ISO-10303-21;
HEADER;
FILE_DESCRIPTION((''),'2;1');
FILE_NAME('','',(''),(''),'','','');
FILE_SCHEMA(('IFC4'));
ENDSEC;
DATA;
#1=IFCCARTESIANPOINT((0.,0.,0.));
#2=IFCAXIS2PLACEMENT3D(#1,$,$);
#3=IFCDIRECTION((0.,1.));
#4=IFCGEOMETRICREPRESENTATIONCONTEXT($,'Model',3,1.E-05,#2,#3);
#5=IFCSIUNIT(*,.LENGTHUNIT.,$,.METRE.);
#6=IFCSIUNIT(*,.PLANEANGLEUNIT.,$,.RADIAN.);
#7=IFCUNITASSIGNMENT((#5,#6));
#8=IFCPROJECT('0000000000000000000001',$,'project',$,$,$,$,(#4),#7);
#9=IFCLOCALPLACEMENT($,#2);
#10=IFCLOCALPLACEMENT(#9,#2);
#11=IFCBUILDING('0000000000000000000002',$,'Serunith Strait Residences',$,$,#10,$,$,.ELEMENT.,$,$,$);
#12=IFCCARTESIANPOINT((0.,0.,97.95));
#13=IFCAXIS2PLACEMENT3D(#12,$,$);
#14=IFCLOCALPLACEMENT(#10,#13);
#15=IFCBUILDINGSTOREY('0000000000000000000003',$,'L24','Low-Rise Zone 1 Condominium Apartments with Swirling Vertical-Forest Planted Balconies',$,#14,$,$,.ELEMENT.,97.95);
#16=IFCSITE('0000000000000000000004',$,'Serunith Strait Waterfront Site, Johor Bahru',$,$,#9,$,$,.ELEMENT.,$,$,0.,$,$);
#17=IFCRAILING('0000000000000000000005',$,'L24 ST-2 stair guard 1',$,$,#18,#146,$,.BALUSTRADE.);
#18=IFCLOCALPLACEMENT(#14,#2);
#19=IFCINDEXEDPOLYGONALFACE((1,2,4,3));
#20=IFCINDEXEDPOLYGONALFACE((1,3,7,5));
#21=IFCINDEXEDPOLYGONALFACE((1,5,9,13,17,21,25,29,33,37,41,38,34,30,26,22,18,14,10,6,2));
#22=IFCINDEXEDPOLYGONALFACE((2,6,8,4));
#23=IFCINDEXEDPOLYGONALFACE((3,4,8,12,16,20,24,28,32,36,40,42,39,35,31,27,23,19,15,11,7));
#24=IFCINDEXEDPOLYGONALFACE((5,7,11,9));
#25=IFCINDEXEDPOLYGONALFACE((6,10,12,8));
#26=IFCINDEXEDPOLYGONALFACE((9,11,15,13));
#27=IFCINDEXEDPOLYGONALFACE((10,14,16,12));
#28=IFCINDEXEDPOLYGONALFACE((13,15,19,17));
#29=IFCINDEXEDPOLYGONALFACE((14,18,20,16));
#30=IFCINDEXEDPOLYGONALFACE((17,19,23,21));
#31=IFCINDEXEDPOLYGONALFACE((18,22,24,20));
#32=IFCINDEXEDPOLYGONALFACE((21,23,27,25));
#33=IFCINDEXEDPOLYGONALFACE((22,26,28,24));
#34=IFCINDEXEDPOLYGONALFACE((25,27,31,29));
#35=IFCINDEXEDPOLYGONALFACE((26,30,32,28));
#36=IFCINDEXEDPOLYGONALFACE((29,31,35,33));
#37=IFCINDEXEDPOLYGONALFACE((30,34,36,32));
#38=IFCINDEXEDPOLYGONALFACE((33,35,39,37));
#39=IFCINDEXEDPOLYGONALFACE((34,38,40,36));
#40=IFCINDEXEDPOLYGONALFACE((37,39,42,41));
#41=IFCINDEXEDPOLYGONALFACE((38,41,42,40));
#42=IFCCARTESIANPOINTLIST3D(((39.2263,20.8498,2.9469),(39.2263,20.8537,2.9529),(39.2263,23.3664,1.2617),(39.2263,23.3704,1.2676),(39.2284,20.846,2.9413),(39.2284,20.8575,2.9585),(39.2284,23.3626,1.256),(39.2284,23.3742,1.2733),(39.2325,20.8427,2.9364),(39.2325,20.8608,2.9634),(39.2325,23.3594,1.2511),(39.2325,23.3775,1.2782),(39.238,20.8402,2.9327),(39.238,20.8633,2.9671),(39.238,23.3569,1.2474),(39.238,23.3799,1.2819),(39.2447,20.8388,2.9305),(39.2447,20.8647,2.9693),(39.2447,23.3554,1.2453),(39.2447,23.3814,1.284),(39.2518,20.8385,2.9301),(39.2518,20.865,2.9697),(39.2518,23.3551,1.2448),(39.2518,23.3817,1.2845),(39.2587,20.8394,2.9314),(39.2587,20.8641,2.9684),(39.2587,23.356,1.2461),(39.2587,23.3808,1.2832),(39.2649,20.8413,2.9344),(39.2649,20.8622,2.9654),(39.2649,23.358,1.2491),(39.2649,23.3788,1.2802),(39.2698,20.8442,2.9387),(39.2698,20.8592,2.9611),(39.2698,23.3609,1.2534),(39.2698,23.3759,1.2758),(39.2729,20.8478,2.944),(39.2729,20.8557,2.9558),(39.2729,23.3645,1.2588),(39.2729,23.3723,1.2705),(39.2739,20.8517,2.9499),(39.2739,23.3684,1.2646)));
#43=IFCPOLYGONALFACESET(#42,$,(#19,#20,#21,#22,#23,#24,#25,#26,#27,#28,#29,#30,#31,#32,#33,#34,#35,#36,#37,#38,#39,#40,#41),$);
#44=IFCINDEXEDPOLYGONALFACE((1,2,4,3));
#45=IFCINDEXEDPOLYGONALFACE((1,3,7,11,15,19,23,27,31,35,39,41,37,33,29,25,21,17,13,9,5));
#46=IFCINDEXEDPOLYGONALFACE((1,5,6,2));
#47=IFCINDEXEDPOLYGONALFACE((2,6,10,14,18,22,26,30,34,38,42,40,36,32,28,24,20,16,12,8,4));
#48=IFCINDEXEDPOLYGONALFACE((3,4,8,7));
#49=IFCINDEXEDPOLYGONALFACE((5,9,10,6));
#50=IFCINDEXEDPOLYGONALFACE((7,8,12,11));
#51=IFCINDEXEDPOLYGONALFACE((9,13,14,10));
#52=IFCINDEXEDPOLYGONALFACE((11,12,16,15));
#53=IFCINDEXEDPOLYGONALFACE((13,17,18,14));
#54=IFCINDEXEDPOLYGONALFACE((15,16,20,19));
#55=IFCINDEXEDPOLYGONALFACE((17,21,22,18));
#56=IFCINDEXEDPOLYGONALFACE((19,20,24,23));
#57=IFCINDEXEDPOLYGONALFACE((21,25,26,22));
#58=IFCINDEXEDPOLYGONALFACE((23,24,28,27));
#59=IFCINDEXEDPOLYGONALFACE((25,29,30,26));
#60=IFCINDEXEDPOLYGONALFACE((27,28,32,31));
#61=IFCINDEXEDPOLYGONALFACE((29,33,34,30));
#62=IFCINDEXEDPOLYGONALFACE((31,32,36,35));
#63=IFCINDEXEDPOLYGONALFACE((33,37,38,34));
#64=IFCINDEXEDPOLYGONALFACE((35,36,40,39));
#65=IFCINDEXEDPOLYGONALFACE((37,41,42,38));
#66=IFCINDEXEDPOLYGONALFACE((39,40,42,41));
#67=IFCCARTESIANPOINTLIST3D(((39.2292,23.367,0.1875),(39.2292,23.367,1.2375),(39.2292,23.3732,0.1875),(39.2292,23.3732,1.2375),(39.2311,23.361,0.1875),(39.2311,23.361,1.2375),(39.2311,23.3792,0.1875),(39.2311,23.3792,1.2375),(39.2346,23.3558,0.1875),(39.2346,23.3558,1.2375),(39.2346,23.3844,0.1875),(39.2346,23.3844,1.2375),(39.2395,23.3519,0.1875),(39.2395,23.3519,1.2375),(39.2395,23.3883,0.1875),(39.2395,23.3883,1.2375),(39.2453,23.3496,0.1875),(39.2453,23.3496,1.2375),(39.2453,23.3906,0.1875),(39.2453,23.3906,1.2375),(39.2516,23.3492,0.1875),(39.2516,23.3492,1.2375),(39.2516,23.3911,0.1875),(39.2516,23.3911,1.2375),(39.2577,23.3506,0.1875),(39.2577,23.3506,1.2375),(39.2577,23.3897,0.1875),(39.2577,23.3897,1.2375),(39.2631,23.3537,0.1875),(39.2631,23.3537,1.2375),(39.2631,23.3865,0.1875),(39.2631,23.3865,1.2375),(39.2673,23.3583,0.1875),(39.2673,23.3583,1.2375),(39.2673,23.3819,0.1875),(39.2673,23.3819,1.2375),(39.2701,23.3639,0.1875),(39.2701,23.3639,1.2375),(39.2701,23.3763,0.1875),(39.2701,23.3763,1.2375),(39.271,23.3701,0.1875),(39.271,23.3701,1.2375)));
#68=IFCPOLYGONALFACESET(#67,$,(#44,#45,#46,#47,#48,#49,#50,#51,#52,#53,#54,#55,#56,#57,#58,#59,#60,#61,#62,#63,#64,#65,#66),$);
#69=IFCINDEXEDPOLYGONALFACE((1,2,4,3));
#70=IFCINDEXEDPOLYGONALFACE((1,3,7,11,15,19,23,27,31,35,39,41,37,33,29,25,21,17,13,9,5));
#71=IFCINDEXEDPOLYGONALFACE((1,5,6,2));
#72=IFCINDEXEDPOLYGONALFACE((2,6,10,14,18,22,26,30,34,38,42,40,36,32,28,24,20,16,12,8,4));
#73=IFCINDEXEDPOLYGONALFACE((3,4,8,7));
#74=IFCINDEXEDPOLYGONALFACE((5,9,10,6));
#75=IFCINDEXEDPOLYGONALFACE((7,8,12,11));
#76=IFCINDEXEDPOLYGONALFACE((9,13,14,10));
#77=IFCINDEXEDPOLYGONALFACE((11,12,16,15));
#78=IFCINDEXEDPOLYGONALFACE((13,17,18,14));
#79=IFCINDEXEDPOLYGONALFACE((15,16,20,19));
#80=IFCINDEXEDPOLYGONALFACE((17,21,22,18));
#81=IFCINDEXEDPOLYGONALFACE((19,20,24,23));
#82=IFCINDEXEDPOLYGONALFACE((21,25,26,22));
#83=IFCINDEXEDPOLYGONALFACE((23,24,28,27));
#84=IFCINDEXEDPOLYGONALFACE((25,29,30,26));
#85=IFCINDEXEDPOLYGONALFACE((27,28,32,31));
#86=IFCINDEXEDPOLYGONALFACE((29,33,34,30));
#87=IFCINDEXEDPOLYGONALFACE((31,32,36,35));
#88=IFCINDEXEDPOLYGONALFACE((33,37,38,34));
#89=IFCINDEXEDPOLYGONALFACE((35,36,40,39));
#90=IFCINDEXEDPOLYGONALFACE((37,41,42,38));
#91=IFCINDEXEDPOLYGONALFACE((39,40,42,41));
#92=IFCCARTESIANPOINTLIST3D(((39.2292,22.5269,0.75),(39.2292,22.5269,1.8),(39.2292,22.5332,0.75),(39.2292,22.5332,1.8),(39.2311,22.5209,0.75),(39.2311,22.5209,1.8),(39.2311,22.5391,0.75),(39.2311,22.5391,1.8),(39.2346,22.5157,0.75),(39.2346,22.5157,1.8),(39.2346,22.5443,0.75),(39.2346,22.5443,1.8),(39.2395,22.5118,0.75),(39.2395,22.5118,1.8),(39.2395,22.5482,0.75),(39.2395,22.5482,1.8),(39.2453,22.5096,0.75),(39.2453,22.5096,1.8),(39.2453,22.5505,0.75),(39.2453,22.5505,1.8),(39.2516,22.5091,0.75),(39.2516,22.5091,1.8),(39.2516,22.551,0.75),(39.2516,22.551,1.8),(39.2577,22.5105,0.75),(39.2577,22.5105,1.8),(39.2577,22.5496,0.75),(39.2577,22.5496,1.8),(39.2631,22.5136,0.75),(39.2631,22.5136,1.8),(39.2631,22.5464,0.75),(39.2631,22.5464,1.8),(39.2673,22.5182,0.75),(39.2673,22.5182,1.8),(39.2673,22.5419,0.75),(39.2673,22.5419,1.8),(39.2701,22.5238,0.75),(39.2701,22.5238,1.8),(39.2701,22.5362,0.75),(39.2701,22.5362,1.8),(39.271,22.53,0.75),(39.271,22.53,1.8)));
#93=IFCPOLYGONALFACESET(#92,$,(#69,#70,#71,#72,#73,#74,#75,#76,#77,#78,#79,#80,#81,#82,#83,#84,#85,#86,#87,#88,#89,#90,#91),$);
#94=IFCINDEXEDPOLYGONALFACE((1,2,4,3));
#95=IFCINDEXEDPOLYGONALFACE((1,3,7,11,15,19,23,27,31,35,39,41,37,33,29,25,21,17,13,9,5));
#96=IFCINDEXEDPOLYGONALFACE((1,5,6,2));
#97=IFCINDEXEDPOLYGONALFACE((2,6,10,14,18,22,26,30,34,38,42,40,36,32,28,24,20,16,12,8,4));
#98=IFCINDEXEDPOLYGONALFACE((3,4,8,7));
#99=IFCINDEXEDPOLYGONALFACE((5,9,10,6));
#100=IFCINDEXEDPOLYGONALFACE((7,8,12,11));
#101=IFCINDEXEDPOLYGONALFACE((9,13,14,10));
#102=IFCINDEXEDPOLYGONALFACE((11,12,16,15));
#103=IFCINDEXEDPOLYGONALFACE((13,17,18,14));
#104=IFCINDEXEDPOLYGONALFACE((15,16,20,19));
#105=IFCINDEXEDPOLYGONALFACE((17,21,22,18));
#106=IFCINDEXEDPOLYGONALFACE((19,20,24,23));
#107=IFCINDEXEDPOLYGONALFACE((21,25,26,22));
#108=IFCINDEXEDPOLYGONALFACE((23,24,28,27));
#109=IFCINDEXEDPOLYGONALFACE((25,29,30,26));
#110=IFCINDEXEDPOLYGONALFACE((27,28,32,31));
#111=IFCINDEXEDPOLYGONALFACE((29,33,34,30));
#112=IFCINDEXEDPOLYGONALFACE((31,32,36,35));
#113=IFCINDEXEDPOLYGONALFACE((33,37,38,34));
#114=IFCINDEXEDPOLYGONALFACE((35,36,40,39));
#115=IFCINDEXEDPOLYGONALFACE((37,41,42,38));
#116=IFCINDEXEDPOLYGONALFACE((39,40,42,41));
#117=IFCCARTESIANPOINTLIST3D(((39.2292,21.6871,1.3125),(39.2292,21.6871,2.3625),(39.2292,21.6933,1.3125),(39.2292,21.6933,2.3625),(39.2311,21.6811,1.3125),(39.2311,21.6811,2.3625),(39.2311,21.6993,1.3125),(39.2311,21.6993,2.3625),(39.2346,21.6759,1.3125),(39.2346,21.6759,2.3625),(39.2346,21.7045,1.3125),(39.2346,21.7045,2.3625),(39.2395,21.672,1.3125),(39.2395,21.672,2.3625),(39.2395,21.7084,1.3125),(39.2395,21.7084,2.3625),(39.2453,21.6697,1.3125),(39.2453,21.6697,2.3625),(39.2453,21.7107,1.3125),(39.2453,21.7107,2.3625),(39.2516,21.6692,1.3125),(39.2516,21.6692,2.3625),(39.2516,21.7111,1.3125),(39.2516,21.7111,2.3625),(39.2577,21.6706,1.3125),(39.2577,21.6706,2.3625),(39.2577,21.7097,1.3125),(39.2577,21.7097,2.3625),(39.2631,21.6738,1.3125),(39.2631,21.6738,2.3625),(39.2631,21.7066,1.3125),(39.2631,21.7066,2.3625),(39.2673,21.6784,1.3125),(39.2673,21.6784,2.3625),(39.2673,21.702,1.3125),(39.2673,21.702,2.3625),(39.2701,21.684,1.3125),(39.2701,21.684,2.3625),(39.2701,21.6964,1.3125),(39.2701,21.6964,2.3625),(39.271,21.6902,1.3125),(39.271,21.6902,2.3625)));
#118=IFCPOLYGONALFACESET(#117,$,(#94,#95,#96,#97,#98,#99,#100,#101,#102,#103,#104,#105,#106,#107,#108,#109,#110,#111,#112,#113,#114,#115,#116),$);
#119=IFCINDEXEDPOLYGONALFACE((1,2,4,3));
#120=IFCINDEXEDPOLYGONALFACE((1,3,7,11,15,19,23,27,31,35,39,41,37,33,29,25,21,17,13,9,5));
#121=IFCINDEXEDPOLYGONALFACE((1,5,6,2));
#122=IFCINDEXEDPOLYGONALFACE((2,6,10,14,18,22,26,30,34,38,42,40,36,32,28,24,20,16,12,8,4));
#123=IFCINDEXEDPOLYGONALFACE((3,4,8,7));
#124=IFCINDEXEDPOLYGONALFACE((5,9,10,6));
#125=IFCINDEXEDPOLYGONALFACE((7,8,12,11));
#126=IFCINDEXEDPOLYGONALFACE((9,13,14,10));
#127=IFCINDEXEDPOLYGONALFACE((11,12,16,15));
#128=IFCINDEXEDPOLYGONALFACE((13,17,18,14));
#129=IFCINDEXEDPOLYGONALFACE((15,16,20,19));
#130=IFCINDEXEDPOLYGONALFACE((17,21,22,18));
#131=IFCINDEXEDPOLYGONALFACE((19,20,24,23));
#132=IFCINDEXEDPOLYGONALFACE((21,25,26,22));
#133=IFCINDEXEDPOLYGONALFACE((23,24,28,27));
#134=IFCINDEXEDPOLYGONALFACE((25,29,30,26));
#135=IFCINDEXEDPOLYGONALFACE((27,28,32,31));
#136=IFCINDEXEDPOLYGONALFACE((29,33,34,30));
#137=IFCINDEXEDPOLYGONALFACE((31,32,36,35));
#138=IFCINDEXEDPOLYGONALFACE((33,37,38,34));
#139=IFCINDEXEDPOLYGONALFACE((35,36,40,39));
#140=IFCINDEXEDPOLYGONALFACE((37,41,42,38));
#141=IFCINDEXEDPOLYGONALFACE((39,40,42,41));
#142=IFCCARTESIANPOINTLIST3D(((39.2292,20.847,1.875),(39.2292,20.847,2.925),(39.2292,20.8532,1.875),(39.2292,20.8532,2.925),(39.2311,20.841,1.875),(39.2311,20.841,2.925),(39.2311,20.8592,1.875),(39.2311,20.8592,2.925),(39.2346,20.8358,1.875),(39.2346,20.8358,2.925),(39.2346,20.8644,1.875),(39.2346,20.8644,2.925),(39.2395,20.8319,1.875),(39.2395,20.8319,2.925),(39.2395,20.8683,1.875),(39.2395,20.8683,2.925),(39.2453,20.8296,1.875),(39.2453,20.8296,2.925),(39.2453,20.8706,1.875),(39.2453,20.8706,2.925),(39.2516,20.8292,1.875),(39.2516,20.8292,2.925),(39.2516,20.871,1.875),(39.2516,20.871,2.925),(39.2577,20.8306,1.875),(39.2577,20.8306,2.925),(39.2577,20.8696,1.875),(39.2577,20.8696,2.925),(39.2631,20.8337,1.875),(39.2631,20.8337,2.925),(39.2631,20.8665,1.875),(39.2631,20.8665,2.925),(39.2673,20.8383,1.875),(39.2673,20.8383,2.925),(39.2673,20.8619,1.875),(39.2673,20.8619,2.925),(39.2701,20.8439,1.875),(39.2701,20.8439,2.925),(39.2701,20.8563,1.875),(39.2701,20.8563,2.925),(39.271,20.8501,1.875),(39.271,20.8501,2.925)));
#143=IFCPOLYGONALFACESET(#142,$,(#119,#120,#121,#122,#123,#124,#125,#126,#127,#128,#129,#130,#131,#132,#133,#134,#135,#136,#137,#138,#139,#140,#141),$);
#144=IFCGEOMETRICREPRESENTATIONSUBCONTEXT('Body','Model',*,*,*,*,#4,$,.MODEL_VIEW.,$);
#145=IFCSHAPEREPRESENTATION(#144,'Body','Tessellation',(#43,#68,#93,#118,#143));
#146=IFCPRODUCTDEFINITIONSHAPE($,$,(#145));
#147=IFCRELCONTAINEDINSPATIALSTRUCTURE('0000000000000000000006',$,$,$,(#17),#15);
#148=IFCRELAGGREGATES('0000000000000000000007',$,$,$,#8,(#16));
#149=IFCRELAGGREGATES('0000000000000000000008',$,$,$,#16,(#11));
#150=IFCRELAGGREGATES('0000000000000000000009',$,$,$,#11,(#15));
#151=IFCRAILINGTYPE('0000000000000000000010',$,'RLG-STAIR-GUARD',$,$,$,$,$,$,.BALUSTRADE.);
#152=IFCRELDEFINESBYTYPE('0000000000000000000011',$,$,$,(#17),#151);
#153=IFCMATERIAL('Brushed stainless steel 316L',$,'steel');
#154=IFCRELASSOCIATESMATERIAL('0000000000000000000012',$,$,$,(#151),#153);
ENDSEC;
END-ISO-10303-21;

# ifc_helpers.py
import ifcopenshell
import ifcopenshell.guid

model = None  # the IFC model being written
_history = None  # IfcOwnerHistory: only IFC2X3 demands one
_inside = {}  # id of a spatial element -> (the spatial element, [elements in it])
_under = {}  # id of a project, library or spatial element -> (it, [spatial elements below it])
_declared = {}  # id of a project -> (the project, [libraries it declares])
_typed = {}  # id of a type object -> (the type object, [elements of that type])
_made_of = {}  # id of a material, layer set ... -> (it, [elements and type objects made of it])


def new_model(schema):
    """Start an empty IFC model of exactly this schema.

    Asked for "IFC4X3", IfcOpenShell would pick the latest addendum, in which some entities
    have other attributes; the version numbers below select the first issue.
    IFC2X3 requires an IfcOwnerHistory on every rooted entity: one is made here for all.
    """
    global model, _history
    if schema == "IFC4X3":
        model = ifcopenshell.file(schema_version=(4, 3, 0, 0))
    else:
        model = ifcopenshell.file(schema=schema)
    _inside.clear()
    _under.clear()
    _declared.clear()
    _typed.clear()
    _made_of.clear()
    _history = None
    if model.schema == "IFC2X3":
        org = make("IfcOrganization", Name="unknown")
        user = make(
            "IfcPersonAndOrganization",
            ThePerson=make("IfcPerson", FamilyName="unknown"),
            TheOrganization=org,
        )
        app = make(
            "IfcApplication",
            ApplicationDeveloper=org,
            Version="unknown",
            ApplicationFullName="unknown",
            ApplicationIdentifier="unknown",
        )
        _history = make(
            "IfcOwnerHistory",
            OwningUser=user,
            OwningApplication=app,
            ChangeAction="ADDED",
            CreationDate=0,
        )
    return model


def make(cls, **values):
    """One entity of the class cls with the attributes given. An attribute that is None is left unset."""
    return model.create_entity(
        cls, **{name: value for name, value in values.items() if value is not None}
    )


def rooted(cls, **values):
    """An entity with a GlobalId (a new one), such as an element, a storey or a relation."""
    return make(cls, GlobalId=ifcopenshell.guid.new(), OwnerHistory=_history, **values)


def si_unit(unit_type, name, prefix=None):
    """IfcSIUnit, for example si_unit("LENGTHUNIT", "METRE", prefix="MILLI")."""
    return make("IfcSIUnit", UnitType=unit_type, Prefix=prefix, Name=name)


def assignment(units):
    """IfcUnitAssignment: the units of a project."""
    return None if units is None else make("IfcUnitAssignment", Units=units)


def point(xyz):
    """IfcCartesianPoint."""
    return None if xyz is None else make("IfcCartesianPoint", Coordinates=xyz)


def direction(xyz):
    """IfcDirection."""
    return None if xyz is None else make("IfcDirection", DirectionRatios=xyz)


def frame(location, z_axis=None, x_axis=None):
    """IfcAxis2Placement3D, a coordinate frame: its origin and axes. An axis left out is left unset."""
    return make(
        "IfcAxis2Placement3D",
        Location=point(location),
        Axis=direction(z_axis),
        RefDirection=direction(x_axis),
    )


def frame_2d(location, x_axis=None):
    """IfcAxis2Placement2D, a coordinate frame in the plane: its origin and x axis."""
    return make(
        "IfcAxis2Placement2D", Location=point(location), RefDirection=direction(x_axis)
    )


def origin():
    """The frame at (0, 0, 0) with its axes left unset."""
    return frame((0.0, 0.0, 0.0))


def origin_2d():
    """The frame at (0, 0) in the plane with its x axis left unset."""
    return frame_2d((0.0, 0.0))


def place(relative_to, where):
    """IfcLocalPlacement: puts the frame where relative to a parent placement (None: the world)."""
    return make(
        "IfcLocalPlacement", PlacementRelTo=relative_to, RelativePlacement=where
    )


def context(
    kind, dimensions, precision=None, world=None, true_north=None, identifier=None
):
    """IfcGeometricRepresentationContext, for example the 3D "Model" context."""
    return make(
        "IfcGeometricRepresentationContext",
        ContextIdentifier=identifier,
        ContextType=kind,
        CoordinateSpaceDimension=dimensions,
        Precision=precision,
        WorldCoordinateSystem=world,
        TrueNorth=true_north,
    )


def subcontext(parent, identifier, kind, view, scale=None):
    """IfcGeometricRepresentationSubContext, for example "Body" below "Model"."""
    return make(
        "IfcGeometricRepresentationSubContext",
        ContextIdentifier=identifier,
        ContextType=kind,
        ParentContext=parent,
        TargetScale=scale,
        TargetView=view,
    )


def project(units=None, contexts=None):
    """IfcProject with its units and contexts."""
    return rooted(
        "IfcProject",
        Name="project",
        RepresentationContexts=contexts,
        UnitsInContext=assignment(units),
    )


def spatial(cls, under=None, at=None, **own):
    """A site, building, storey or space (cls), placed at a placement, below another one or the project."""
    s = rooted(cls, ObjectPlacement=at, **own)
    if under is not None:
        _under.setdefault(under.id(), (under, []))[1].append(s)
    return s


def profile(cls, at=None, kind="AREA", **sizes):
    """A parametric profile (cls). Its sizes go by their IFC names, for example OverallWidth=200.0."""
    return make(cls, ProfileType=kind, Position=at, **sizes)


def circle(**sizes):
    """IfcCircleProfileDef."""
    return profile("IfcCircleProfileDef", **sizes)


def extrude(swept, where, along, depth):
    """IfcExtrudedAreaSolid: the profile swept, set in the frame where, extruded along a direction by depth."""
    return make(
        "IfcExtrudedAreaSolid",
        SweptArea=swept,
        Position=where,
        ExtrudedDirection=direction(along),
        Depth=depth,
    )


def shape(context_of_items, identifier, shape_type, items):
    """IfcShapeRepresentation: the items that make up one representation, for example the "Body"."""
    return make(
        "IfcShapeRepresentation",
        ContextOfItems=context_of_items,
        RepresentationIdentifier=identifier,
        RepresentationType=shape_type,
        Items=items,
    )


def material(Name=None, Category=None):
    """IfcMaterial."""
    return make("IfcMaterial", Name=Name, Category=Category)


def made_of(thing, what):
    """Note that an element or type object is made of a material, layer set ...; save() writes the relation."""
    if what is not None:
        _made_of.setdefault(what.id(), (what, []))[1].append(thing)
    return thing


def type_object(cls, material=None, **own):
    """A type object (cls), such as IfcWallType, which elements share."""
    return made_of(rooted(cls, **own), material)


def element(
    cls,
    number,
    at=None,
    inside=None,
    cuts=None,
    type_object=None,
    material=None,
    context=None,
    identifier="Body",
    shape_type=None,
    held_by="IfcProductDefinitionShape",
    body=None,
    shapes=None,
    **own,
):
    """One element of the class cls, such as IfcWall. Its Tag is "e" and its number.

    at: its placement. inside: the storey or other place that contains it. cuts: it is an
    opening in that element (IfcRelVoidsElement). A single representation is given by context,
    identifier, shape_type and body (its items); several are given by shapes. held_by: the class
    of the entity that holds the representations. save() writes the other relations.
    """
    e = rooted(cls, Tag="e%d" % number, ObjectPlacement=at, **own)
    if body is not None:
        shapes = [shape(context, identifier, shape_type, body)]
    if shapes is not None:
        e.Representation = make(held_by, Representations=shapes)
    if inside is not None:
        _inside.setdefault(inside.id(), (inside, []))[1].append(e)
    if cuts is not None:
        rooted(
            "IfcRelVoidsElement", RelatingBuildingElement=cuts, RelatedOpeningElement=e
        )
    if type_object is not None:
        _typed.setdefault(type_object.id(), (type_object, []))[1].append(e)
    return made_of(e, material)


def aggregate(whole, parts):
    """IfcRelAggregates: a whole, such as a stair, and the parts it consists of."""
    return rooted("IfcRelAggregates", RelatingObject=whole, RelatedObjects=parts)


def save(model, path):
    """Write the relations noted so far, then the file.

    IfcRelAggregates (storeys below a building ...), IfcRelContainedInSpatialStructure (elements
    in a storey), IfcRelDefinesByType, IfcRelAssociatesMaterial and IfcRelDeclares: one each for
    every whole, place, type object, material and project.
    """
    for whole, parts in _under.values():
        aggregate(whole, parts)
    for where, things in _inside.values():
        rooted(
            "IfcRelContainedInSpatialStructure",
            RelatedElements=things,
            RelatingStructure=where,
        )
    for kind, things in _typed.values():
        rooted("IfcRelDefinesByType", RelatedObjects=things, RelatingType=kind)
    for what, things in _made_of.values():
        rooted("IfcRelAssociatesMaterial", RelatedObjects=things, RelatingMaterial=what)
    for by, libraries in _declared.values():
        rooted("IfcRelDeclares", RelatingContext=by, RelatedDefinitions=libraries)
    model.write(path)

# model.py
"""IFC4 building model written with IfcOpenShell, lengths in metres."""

from ifc_helpers import new_model, si_unit, direction, frame, origin, origin_2d, place, context, subcontext, project, spatial, circle, extrude, material, type_object, element, save


model = new_model("IFC4")

# Units and contexts
model_context = context("Model", 3, precision=1e-05, world=origin(), true_north=direction((0.0, 1.0)))
body_context = subcontext(model_context, "Body", "Model", "MODEL_VIEW")
ifc_project = project(units=[si_unit("LENGTHUNIT", "METRE"), si_unit("PLANEANGLEUNIT", "RADIAN")], contexts=[model_context])

# Site, building, storey
site_placement = place(None, origin())
site = spatial("IfcSite", under=ifc_project, at=site_placement, Name="Serunith Strait Waterfront Site, Johor Bahru", CompositionType="ELEMENT", RefElevation=0.0)
building_placement = place(site_placement, origin())
building = spatial("IfcBuilding", under=site, at=building_placement, Name="Serunith Strait Residences", CompositionType="ELEMENT")
storey_placement = place(building_placement, frame((0.0, 0.0, 97.95)))
storey = spatial("IfcBuildingStorey", under=building, at=storey_placement, Name="L24", Description="Low-Rise Zone 1 Condominium Apartments with Swirling Vertical-Forest Planted Balconies", CompositionType="ELEMENT", Elevation=97.95)

# Railing
ifc_material_1 = material(Name="Brushed stainless steel 316L", Category="steel")
railing_type_1 = type_object("IfcRailingType", Name="RLG-STAIR-GUARD", PredefinedType="BALUSTRADE", material=ifc_material_1)
railing_1_placement = place(storey_placement, frame((39.25, 23.3701, 0.1875)))
element("IfcRailing", 1, at=railing_1_placement, inside=storey, type_object=railing_type_1, Name="L24 ST-2 stair guard 1", PredefinedType="BALUSTRADE", context=body_context, shape_type="SweptSolid", body=[
    extrude(circle(Radius=0.0239, at=origin_2d()), frame((0.0, -0.0017, 1.0771), z_axis=(0.0, -0.830909, 0.556408), x_axis=(1.0, 0.0, 0.0)), (0.0, 0.0, 1.0), 3.0288),
    extrude(circle(Radius=0.021, at=origin_2d()), origin(), (0.0, 0.0, 1.0), 1.05),
    extrude(circle(Radius=0.021, at=origin_2d()), frame((0.0, -0.8401, 0.5625)), (0.0, 0.0, 1.0), 1.05),
    extrude(circle(Radius=0.021, at=origin_2d()), frame((0.0, -1.6799, 1.125)), (0.0, 0.0, 1.0), 1.05),
    extrude(circle(Radius=0.021, at=origin_2d()), frame((0.0, -2.52, 1.6875)), (0.0, 0.0, 1.0), 1.05),
])

save(model, "model.ifc")
